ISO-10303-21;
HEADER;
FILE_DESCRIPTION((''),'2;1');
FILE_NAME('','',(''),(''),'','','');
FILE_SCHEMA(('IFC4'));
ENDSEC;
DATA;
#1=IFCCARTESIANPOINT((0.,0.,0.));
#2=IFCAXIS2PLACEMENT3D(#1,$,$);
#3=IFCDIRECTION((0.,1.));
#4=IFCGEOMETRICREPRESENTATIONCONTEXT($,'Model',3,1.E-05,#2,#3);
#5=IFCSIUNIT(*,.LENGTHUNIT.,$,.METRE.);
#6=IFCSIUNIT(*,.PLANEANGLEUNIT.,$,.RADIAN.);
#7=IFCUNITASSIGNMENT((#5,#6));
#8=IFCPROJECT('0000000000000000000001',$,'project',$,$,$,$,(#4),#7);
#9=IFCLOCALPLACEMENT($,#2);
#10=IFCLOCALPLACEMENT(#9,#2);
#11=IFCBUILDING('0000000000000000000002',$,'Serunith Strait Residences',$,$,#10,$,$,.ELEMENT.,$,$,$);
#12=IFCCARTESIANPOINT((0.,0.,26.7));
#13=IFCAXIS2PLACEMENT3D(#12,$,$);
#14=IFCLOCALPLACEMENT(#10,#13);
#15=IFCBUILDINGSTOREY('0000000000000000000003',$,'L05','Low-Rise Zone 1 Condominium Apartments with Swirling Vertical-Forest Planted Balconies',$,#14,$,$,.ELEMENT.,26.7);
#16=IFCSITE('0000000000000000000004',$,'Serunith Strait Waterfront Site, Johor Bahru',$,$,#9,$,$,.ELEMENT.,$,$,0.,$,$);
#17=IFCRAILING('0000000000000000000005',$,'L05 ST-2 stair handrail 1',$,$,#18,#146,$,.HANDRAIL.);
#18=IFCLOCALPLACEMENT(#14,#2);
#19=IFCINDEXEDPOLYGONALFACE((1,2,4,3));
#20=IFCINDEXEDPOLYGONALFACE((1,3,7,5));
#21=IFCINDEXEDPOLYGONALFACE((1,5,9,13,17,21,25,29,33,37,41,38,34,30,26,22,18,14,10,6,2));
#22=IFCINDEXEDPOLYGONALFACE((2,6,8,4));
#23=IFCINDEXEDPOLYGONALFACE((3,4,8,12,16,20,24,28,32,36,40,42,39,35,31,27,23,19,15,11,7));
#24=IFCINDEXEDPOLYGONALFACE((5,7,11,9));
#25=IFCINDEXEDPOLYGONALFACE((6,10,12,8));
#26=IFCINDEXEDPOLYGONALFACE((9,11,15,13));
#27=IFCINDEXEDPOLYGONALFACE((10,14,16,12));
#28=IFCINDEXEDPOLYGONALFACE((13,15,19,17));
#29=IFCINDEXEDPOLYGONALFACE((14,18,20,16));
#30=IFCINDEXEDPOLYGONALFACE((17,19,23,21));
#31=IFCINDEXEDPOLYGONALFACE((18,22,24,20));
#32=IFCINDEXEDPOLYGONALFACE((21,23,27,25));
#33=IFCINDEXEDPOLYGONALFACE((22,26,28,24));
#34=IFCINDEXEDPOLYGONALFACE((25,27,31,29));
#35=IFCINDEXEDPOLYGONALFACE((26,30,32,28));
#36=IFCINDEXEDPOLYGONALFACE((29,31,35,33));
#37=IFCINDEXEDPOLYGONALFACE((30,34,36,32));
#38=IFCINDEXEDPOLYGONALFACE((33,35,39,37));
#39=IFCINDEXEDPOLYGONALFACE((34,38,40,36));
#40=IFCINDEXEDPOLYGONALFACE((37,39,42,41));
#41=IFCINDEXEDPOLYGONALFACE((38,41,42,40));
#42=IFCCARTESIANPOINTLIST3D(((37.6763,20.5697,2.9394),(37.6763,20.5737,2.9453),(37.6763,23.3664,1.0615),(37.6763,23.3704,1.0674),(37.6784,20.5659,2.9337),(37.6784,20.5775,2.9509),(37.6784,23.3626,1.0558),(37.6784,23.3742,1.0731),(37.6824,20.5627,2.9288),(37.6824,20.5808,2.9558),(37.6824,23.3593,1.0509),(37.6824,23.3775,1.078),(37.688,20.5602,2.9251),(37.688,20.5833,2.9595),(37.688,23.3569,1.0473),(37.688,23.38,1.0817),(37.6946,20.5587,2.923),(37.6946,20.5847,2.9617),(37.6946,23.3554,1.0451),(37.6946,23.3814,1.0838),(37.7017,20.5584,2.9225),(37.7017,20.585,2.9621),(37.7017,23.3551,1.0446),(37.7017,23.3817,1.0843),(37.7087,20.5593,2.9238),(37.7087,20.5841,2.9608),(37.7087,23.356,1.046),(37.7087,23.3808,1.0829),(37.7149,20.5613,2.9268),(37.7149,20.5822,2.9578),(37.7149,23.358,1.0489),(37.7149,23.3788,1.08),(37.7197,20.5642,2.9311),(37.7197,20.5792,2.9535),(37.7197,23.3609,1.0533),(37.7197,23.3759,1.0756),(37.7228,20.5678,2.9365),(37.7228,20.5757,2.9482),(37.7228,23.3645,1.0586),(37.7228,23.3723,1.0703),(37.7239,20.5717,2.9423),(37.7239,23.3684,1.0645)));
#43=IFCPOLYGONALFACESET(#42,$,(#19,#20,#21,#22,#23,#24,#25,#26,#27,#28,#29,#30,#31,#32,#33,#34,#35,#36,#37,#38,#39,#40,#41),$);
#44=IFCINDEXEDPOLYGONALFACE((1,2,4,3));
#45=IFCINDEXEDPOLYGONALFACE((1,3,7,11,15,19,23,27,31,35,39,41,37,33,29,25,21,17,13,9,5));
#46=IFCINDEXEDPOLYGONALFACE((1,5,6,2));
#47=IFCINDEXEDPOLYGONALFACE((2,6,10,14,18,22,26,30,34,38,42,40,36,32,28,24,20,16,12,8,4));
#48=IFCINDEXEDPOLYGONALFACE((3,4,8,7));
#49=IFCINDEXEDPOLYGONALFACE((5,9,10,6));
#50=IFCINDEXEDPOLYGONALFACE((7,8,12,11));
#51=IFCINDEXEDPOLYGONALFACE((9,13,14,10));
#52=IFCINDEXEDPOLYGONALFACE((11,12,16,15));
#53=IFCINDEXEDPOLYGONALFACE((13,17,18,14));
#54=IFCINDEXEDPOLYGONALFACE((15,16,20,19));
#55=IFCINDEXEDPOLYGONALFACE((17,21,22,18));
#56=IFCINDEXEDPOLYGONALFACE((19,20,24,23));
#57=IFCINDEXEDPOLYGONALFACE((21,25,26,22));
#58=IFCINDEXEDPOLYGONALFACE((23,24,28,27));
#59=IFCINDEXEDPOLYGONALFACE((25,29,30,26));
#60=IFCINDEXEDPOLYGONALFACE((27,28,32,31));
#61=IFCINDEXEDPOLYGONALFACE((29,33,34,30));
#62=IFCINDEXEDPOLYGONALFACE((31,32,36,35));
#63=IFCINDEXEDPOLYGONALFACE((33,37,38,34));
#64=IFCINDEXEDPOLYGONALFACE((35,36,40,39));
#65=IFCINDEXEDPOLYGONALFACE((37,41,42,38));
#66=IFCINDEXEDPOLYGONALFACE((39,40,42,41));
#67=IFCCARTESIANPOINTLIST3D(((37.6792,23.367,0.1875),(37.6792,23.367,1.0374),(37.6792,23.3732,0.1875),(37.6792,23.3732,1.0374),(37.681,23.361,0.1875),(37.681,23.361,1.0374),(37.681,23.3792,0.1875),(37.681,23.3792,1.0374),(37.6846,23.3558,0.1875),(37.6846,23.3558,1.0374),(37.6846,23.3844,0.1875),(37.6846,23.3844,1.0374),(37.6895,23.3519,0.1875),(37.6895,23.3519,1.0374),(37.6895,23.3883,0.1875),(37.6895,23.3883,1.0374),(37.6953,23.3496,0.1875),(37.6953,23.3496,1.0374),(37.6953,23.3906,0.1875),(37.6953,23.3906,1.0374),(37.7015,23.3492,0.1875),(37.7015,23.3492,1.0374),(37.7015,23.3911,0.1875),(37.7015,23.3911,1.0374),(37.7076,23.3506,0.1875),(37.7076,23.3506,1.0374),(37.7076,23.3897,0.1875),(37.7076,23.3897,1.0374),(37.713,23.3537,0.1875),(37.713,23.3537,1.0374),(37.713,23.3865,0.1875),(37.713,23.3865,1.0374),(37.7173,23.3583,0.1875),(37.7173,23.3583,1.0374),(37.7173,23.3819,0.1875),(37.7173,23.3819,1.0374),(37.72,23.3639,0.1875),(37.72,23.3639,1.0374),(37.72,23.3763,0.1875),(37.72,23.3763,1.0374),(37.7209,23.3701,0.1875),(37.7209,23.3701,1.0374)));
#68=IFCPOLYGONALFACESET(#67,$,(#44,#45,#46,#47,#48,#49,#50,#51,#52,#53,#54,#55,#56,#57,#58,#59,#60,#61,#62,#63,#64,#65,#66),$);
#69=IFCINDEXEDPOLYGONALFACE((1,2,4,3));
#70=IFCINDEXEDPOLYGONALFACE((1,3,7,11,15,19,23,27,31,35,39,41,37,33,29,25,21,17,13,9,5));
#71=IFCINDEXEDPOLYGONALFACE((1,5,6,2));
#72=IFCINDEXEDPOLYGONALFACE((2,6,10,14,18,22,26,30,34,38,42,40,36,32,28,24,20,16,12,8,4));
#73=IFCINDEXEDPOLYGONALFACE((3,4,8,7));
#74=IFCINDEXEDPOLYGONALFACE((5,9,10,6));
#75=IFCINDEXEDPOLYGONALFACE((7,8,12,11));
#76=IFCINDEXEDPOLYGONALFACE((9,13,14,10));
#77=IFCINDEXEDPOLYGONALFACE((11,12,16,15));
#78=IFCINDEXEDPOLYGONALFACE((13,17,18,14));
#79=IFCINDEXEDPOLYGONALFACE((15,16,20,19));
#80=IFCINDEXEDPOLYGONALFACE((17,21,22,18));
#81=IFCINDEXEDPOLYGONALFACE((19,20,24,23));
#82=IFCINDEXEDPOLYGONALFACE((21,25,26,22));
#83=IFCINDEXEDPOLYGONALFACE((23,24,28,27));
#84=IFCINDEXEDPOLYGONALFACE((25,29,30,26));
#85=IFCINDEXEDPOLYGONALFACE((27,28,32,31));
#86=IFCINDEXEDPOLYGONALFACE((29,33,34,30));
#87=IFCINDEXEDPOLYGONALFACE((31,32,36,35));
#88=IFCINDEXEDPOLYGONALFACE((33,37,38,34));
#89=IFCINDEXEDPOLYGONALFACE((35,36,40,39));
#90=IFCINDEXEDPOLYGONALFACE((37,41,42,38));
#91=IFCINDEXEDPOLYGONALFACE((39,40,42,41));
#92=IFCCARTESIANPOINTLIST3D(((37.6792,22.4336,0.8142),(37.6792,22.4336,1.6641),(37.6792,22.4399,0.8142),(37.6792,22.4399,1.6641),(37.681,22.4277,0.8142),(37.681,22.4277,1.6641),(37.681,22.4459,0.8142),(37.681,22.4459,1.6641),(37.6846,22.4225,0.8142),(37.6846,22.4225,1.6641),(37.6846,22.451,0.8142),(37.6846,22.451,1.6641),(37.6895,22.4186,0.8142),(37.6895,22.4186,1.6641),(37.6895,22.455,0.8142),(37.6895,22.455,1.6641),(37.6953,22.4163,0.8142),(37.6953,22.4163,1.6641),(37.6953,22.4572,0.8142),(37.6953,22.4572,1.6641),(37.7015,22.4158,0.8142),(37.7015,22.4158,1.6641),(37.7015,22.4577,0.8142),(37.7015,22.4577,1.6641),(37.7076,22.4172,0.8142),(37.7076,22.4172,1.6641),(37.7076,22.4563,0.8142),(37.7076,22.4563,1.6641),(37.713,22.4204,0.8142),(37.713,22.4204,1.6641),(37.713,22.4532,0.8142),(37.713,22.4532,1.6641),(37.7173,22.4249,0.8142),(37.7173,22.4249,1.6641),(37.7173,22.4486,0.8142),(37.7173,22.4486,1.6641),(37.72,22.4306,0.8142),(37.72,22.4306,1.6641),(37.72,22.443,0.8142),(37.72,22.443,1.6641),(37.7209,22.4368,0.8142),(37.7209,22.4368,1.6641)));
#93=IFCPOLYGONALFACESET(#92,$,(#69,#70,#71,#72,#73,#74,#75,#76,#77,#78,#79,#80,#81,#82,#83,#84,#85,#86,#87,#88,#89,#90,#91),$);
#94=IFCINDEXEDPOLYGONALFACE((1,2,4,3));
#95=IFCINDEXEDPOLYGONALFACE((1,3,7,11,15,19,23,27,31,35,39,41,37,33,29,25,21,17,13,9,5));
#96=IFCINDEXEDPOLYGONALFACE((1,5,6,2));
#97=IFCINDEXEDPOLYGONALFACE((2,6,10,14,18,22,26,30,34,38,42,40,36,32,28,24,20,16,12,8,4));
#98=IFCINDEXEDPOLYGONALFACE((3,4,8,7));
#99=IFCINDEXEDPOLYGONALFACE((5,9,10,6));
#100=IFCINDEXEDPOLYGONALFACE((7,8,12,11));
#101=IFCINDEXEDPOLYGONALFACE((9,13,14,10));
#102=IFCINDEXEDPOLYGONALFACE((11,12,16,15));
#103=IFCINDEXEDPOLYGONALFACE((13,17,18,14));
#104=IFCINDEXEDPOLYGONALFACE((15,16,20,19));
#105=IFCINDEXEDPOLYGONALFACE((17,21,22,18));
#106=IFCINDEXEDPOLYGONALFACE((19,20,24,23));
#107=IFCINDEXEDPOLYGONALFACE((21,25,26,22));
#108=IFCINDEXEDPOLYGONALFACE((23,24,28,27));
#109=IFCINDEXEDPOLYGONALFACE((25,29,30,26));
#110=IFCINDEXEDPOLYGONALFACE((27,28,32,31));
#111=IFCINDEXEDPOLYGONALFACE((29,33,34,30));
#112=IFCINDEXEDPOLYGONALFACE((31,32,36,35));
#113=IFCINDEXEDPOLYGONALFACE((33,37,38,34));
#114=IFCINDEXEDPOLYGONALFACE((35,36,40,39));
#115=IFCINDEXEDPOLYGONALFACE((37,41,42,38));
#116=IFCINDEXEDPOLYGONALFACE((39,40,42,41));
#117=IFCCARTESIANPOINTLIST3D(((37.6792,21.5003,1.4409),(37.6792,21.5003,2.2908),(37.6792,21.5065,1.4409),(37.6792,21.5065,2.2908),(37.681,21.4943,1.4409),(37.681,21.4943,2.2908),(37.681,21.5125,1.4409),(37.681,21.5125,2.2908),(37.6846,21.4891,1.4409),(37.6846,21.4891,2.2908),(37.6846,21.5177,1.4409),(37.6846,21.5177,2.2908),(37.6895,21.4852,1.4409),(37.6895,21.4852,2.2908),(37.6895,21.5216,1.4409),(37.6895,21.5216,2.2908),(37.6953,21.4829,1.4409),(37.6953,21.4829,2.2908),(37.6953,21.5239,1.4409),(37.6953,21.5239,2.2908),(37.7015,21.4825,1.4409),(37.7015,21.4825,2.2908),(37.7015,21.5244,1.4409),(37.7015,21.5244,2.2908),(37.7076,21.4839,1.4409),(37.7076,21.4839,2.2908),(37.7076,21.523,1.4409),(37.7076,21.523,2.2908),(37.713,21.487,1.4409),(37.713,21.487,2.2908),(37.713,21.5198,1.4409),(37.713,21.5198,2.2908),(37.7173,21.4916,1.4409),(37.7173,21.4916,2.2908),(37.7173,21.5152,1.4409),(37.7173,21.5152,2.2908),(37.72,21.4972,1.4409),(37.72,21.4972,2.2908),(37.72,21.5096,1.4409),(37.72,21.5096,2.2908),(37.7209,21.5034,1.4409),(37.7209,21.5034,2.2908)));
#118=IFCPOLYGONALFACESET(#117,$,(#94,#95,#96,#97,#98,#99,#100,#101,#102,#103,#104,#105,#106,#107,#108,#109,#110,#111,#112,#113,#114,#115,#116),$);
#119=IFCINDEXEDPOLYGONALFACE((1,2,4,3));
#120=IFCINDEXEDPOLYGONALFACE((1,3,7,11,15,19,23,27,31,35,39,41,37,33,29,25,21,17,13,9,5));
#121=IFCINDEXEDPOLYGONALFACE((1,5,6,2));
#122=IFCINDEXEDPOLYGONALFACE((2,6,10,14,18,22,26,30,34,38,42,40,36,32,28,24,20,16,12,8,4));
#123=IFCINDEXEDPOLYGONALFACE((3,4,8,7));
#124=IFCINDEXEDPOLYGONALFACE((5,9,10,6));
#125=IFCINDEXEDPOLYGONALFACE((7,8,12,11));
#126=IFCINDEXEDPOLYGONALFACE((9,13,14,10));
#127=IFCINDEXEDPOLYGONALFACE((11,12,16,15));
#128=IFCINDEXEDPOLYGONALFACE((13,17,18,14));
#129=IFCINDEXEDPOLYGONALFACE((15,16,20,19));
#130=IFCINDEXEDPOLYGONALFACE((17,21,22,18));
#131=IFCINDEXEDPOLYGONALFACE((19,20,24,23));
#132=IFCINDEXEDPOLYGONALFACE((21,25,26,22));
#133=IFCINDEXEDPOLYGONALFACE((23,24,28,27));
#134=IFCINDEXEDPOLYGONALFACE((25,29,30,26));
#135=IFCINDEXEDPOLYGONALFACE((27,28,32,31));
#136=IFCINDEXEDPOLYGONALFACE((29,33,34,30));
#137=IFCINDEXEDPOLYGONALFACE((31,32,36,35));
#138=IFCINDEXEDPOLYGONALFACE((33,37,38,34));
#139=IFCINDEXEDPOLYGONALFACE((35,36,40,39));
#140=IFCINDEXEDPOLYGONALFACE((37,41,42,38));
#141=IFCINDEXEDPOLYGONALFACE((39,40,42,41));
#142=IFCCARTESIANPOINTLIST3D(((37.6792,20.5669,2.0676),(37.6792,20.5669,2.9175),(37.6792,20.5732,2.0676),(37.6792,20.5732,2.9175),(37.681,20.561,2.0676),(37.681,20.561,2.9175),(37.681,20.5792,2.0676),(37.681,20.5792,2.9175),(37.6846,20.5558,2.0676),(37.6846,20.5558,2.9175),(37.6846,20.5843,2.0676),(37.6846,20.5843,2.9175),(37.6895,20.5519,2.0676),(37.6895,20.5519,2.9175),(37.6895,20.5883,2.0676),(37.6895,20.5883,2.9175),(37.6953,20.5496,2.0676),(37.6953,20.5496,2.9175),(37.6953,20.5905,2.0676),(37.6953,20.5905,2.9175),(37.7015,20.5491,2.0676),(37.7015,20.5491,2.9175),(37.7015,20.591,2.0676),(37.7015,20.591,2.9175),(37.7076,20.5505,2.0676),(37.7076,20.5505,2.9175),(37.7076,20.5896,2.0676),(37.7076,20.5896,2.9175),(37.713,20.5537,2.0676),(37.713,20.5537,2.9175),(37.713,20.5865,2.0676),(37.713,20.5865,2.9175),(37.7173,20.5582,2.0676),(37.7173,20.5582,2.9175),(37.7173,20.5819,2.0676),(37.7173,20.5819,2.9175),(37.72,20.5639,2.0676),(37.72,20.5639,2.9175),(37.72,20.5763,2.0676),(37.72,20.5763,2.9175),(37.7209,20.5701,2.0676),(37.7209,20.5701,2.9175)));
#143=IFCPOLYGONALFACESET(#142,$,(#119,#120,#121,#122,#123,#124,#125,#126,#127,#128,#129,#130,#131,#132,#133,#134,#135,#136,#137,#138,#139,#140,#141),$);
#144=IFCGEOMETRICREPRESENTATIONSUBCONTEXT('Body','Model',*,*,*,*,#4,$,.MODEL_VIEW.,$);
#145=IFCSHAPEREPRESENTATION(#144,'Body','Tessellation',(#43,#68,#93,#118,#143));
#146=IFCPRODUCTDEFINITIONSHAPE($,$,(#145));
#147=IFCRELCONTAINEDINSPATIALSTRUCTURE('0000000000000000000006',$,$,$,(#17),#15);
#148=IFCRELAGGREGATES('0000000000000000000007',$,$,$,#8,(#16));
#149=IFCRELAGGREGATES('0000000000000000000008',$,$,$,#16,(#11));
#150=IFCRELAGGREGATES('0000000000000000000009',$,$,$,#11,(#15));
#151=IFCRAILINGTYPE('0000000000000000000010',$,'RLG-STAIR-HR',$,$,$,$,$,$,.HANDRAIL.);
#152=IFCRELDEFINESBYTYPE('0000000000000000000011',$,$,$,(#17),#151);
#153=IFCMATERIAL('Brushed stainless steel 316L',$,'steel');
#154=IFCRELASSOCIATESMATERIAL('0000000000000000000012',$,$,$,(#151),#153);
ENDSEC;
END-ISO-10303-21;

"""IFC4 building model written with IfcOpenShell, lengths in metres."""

from ifc_helpers import new_model, si_unit, direction, frame, origin, origin_2d, place, context, subcontext, project, spatial, circle, extrude, material, type_object, element, save


model = new_model("IFC4")

# Units and contexts
model_context = context("Model", 3, precision=1e-05, world=origin(), true_north=direction((0.0, 1.0)))
body_context = subcontext(model_context, "Body", "Model", "MODEL_VIEW")
ifc_project = project(units=[si_unit("LENGTHUNIT", "METRE"), si_unit("PLANEANGLEUNIT", "RADIAN")], contexts=[model_context])

# Site, building, storey
site_placement = place(None, origin())
site = spatial("IfcSite", under=ifc_project, at=site_placement, Name="Serunith Strait Waterfront Site, Johor Bahru", CompositionType="ELEMENT", RefElevation=0.0)
building_placement = place(site_placement, origin())
building = spatial("IfcBuilding", under=site, at=building_placement, Name="Serunith Strait Residences", CompositionType="ELEMENT")
storey_placement = place(building_placement, frame((0.0, 0.0, 26.7)))
storey = spatial("IfcBuildingStorey", under=building, at=storey_placement, Name="L05", Description="Low-Rise Zone 1 Condominium Apartments with Swirling Vertical-Forest Planted Balconies", CompositionType="ELEMENT", Elevation=26.7)

# Railing
ifc_material_1 = material(Name="Brushed stainless steel 316L", Category="steel")
railing_type_1 = type_object("IfcRailingType", Name="RLG-STAIR-HR", PredefinedType="HANDRAIL", material=ifc_material_1)
railing_1_placement = place(storey_placement, frame((37.7, 23.3701, 0.1875)))
element("IfcRailing", 1, at=railing_1_placement, inside=storey, type_object=railing_type_1, Name="L05 ST-2 stair handrail 1", PredefinedType="HANDRAIL", context=body_context, shape_type="SweptSolid", body=[
    extrude(circle(Radius=0.0239, at=origin_2d()), frame((0.0, -0.0017, 0.877), z_axis=(0.0, -0.830208, 0.557453), x_axis=(1.0, 0.0, 0.0)), (0.0, 0.0, 1.0), 3.3687),
    extrude(circle(Radius=0.021, at=origin_2d()), origin(), (0.0, 0.0, 1.0), 0.8499),
    extrude(circle(Radius=0.021, at=origin_2d()), frame((0.0, -0.9333, 0.6267)), (0.0, 0.0, 1.0), 0.8499),
    extrude(circle(Radius=0.021, at=origin_2d()), frame((0.0, -1.8667, 1.2534)), (0.0, 0.0, 1.0), 0.8499),
    extrude(circle(Radius=0.021, at=origin_2d()), frame((0.0, -2.8, 1.8801)), (0.0, 0.0, 1.0), 0.8499),
])

save(model, "model.ifc")
